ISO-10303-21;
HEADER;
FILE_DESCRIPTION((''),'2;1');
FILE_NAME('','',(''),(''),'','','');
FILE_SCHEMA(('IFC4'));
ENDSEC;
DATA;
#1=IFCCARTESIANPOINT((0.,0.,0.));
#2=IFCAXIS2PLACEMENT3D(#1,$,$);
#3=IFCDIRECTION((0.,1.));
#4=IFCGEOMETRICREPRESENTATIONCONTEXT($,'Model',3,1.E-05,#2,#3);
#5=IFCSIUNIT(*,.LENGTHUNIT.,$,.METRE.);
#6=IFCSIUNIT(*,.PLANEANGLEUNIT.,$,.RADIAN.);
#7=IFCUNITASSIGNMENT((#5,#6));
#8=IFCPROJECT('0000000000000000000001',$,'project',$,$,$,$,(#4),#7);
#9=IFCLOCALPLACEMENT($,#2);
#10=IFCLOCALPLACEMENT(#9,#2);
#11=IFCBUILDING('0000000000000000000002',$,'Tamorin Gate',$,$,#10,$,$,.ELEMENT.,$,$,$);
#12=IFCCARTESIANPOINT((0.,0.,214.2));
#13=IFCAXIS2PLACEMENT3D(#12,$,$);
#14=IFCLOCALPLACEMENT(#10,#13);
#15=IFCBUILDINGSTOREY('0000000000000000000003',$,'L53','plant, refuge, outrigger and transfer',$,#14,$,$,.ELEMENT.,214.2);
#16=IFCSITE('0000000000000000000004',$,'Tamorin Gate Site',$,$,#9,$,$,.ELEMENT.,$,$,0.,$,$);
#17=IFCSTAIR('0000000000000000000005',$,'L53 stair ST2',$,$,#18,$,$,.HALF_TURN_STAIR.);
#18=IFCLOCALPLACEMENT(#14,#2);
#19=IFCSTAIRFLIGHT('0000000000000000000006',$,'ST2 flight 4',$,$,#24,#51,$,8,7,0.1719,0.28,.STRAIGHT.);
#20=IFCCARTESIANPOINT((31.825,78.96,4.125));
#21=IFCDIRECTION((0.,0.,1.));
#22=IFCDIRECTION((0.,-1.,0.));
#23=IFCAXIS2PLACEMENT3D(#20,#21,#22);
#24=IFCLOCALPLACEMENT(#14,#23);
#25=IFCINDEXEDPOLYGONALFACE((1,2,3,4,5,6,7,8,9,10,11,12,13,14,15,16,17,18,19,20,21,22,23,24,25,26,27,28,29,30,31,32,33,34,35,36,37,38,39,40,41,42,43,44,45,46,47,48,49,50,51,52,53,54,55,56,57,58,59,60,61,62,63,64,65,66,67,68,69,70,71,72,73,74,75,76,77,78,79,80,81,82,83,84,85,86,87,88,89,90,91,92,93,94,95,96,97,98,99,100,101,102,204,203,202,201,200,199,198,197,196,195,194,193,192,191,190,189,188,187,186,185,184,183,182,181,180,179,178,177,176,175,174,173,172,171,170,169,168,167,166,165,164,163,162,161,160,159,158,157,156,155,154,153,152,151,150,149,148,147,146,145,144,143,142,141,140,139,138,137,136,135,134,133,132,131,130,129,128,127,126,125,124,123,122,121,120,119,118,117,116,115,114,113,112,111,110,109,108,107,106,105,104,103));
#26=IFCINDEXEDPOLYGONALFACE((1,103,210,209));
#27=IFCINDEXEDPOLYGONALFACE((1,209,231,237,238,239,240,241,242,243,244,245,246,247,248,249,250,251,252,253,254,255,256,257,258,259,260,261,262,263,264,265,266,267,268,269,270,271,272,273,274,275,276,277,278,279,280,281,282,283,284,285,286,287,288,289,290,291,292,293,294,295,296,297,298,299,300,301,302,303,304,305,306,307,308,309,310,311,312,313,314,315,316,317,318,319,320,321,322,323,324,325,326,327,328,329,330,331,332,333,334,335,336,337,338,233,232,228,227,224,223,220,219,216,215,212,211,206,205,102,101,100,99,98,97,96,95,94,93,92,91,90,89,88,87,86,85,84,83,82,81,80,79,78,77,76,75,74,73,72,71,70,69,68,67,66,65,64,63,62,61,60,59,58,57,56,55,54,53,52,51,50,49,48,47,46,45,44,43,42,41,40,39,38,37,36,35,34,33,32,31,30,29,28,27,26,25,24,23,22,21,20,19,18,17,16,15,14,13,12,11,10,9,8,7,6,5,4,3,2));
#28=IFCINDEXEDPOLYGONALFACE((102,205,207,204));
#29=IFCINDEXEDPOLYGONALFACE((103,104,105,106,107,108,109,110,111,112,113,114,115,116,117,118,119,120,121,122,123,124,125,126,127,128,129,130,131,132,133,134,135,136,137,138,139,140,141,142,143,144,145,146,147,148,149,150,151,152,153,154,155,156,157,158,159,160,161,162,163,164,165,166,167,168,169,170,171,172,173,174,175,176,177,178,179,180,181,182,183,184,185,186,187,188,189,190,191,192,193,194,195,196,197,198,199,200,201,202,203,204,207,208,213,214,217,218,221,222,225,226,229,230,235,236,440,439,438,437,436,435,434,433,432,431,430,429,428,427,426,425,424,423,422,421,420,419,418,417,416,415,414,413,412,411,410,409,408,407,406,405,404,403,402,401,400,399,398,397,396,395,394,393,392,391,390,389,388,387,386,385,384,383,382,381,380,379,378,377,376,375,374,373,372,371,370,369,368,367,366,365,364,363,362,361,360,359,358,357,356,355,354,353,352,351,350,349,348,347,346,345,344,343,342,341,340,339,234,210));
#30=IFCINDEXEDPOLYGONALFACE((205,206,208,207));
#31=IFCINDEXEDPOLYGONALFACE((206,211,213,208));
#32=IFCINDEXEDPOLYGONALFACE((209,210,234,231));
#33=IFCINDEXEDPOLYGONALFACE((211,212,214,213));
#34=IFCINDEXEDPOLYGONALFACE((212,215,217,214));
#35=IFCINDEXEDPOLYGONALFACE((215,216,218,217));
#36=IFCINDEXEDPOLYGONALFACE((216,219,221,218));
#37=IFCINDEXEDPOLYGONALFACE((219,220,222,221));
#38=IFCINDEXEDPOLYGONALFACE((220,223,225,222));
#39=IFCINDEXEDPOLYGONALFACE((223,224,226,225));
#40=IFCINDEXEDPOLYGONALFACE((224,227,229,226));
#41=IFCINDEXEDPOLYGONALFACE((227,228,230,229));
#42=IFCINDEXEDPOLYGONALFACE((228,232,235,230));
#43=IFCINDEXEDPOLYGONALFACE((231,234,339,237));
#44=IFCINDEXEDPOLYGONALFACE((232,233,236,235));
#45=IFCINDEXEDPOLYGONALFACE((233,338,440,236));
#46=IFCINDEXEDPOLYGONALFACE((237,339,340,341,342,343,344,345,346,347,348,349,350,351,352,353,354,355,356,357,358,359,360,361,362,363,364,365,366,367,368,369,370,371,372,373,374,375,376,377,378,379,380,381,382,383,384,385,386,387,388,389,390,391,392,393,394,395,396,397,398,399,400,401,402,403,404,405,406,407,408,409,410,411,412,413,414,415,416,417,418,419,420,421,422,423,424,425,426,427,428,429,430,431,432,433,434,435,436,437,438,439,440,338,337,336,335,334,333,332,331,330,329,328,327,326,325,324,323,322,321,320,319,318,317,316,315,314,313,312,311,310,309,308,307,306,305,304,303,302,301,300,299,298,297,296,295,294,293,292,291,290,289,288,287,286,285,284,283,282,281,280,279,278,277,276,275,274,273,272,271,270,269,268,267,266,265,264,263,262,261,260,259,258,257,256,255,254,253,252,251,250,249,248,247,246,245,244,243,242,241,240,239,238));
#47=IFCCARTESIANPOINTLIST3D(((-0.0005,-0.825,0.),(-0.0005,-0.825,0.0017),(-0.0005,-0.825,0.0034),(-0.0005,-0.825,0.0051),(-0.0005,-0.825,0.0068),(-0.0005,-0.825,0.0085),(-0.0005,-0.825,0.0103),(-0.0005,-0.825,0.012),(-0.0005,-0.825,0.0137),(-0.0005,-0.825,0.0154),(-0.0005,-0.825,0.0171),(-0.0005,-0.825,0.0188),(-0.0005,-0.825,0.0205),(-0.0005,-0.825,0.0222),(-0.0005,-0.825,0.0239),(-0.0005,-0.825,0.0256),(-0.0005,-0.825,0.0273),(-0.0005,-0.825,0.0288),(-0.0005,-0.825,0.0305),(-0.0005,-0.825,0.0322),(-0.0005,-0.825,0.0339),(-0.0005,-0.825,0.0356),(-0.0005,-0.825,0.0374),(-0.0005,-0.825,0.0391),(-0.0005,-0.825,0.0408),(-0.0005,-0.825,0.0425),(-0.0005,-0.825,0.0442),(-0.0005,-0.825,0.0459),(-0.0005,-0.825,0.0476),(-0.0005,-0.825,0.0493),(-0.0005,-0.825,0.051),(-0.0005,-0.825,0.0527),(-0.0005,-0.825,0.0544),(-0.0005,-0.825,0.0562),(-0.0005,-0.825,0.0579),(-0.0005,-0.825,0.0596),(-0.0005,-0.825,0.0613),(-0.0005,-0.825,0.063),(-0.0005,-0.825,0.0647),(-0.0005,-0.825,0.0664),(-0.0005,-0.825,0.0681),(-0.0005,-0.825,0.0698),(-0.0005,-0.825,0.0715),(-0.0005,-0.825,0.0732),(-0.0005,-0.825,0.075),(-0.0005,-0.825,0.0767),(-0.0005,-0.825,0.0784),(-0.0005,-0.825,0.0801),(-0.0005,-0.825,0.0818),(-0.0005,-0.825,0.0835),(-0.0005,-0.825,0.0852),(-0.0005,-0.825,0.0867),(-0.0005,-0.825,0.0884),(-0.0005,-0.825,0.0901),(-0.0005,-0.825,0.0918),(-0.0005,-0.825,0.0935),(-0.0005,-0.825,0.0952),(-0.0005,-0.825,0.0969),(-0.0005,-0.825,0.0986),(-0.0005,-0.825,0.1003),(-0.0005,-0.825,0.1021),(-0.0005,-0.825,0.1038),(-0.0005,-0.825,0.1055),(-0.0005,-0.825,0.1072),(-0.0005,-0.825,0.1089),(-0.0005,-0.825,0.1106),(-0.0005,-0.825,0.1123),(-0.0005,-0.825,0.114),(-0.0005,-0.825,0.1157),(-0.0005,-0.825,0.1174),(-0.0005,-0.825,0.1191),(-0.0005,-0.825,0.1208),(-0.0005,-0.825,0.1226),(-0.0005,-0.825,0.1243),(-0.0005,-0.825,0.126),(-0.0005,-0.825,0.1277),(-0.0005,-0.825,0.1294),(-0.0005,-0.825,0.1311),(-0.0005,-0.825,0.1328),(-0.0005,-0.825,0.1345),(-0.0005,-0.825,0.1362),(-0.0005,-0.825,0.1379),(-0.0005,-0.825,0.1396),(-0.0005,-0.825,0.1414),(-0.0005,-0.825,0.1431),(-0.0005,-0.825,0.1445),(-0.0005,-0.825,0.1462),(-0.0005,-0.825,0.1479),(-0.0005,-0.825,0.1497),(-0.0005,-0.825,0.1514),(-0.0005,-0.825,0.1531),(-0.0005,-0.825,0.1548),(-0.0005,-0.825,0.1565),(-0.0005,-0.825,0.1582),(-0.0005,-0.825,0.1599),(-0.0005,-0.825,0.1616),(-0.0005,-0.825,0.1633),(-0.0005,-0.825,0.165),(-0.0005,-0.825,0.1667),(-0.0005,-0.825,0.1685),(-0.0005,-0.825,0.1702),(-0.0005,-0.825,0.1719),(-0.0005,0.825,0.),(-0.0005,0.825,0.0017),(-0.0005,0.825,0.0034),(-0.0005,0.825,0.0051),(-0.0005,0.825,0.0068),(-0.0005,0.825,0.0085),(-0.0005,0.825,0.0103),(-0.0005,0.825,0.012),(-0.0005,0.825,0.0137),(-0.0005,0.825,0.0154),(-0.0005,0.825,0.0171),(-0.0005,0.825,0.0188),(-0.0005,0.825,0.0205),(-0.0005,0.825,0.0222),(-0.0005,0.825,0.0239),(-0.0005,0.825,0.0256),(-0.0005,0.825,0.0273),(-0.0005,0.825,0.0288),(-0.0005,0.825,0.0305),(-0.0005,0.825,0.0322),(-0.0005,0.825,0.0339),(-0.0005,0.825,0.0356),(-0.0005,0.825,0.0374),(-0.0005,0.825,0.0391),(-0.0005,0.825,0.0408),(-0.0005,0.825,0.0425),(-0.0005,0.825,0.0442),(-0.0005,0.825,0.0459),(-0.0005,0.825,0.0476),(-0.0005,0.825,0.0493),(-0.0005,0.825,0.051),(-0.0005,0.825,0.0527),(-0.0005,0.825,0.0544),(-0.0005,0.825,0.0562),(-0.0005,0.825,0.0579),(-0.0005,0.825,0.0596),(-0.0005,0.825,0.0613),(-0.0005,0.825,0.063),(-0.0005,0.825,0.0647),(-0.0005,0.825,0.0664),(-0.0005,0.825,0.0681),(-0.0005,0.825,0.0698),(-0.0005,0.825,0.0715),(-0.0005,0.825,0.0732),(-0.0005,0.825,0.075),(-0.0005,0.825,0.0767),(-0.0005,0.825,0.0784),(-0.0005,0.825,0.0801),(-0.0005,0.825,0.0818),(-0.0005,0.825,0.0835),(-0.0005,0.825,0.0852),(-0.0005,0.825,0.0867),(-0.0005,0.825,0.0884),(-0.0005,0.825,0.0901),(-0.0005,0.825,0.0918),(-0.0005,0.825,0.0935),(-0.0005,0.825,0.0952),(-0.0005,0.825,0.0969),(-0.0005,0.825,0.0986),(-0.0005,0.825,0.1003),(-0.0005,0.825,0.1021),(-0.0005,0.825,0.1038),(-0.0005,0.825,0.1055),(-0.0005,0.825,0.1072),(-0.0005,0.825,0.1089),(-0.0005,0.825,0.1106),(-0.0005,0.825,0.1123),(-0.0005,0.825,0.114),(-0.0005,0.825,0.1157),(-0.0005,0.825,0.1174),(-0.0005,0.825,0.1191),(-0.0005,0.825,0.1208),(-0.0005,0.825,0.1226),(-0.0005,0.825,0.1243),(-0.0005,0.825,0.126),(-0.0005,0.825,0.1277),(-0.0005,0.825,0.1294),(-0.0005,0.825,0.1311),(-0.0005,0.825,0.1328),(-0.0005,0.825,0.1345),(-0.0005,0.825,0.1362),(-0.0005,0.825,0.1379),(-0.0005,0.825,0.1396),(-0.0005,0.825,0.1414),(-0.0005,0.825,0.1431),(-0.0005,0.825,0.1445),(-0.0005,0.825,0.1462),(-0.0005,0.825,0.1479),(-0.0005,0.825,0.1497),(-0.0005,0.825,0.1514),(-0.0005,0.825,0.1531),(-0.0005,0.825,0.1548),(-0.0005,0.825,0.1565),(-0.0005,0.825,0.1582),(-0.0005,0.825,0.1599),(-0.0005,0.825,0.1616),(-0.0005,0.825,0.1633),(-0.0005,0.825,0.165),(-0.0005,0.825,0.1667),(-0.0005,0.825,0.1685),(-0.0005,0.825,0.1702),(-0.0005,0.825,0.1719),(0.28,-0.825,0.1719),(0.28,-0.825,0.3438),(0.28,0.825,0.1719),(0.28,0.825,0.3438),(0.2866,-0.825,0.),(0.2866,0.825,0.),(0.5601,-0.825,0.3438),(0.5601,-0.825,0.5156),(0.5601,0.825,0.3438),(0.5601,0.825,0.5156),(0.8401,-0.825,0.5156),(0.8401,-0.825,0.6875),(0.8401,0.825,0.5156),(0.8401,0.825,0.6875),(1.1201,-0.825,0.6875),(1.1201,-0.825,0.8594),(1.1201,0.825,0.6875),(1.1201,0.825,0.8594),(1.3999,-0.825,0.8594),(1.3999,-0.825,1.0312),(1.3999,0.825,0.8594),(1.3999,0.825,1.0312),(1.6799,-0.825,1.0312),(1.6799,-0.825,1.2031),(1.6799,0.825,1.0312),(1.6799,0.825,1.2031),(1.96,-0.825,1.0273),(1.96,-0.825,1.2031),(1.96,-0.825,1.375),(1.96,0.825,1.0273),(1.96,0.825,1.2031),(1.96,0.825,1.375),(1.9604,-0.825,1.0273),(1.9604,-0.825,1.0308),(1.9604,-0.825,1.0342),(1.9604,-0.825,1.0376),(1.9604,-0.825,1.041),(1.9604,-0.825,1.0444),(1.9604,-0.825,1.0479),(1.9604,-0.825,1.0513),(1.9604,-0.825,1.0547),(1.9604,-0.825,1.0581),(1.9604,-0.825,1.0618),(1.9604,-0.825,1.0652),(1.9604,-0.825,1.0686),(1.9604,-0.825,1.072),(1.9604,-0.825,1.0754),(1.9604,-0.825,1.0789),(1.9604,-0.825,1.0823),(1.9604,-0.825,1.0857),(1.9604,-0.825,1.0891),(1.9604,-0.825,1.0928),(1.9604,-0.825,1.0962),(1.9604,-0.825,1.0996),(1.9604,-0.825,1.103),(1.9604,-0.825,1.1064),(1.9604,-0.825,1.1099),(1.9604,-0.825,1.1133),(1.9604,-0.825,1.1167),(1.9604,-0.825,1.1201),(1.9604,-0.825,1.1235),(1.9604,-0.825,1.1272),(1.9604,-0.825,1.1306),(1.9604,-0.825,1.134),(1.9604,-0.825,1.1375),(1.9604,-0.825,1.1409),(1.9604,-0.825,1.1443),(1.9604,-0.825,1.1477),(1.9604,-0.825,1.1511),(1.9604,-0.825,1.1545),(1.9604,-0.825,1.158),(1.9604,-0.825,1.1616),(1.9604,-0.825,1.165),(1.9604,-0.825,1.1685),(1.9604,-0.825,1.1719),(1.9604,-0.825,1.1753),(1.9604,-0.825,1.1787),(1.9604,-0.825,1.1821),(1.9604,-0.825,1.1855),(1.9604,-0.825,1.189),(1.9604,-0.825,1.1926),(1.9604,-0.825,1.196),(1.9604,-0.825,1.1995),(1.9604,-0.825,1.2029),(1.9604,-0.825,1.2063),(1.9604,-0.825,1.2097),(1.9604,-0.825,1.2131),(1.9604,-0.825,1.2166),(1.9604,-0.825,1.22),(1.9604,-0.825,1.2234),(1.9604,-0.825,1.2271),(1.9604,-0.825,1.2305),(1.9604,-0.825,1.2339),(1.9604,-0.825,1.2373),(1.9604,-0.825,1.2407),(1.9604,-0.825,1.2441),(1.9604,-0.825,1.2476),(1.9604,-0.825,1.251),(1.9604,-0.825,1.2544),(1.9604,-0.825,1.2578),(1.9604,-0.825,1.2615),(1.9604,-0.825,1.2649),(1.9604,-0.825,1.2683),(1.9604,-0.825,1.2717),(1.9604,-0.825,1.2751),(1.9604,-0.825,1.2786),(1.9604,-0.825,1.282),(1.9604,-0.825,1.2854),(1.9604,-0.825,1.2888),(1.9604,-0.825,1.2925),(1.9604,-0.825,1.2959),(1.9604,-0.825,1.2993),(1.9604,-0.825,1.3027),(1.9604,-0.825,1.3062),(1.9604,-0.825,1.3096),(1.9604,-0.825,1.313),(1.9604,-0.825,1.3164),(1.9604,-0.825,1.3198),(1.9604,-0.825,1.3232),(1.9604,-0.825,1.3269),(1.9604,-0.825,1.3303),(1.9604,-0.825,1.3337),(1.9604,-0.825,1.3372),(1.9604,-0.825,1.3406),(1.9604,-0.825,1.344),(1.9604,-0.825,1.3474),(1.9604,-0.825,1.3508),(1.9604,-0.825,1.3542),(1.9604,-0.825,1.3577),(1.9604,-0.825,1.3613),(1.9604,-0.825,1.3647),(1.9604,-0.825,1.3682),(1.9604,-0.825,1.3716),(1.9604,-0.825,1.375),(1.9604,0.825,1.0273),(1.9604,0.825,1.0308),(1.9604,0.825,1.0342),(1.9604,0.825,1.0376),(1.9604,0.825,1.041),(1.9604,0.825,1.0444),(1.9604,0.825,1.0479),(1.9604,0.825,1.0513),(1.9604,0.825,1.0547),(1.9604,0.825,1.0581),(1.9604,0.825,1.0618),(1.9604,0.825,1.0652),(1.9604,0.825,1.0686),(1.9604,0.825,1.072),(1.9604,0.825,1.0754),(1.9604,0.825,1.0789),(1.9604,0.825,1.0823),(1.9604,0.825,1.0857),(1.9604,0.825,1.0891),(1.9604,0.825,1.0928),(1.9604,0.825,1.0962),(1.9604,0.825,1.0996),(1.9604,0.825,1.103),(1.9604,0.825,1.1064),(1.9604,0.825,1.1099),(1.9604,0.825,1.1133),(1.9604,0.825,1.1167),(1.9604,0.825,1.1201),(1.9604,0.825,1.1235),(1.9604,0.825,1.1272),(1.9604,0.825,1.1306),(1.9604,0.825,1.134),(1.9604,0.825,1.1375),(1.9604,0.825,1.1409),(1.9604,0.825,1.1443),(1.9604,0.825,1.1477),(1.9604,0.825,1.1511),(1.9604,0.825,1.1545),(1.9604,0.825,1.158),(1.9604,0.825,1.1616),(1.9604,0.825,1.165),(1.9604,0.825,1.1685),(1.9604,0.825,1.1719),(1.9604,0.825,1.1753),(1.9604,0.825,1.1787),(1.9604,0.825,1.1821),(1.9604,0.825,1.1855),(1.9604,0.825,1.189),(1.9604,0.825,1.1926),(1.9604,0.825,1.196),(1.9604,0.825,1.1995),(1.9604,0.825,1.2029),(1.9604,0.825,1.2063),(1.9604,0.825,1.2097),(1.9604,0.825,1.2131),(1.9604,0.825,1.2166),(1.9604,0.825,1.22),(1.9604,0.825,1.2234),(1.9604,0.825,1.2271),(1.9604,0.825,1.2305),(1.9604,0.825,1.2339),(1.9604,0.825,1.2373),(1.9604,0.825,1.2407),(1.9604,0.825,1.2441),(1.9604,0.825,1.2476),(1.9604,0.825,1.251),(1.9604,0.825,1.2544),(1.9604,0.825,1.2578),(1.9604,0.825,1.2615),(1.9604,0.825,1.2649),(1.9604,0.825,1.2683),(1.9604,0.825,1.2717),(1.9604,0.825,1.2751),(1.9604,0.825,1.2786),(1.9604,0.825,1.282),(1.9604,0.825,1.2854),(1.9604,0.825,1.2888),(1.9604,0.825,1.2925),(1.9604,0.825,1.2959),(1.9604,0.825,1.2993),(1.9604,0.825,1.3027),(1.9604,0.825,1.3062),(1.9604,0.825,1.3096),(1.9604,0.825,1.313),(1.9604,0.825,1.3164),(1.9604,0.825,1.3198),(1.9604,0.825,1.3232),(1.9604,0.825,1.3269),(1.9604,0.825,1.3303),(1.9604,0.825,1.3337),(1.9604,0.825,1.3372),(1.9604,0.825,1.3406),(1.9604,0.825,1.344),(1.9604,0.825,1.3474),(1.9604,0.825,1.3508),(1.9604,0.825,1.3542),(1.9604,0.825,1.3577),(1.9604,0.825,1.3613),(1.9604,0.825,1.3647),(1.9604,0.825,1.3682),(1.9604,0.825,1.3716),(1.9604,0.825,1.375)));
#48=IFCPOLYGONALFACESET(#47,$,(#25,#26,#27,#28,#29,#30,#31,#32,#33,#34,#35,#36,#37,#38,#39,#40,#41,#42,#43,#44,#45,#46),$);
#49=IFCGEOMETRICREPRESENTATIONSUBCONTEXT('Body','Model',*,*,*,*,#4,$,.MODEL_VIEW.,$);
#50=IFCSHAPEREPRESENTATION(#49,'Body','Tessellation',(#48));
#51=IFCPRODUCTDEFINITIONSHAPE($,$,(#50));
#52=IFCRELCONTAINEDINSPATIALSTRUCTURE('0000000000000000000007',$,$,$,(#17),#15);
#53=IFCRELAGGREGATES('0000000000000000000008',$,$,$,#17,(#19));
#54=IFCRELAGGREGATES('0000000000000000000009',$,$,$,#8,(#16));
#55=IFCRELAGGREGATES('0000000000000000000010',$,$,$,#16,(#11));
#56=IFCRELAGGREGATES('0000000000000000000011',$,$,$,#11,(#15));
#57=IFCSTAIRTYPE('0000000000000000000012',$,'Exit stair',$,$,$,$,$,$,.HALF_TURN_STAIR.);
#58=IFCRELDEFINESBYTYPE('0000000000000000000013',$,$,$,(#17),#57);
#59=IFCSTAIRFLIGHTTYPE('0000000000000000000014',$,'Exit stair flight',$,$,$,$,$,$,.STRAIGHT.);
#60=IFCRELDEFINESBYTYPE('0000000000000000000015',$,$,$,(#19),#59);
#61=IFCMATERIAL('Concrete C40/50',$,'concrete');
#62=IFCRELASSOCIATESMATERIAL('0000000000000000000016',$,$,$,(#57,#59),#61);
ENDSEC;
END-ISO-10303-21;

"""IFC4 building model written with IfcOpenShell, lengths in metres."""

from ifc_helpers import new_model, si_unit, direction, frame, origin, place, context, subcontext, project, spatial, polyline, outline, extrude, material, type_object, element, aggregate, save


model = new_model("IFC4")

# Units and contexts
model_context = context("Model", 3, precision=1e-05, world=origin(), true_north=direction((0.0, 1.0)))
body_context = subcontext(model_context, "Body", "Model", "MODEL_VIEW")
ifc_project = project(units=[si_unit("LENGTHUNIT", "METRE"), si_unit("PLANEANGLEUNIT", "RADIAN")], contexts=[model_context])

# Site, building, storey
site_placement = place(None, origin())
site = spatial("IfcSite", under=ifc_project, at=site_placement, Name="Tamorin Gate Site", CompositionType="ELEMENT", RefElevation=0.0)
building_placement = place(site_placement, origin())
building = spatial("IfcBuilding", under=site, at=building_placement, Name="Tamorin Gate", CompositionType="ELEMENT")
storey_placement = place(building_placement, frame((0.0, 0.0, 214.2)))
storey = spatial("IfcBuildingStorey", under=building, at=storey_placement, Name="L53", Description="plant, refuge, outrigger and transfer", CompositionType="ELEMENT", Elevation=214.2)

# Shared definitions
ifc_material_1 = material(Name="Concrete C40/50", Category="concrete")

# Stair, stair flight
stair_type = type_object("IfcStairType", Name="Exit stair", PredefinedType="HALF_TURN_STAIR", material=ifc_material_1)
stair_placement = place(storey_placement, origin())
stair = element("IfcStair", 1, at=stair_placement, inside=storey, type_object=stair_type, Name="L53 stair ST2", PredefinedType="HALF_TURN_STAIR")
stair_flight_type = type_object("IfcStairFlightType", Name="Exit stair flight", PredefinedType="STRAIGHT", material=ifc_material_1)
stair_flight_1_placement = place(storey_placement, frame((31.825, 78.96, 4.125), z_axis=(0.0, 0.0, 1.0), x_axis=(0.0, -1.0, 0.0)))
stair_flight_1 = element("IfcStairFlight", 2, at=stair_flight_1_placement, type_object=stair_flight_type, Name="ST2 flight 4", NumberOfRisers=8, NumberOfTreads=7, PredefinedType="STRAIGHT", RiserHeight=0.1719, TreadLength=0.28, context=body_context, shape_type="SweptSolid", body=[
    extrude(outline(polyline([(-0.0005, 0.0), (-0.0005, 0.0017), (-0.0005, 0.0034), (-0.0005, 0.0051), (-0.0005, 0.0068), (-0.0005, 0.0085), (-0.0005, 0.0103), (-0.0005, 0.012), (-0.0005, 0.0137), (-0.0005, 0.0154), (-0.0005, 0.0171), (-0.0005, 0.0188), (-0.0005, 0.0205), (-0.0005, 0.0222), (-0.0005, 0.0239), (-0.0005, 0.0256), (-0.0005, 0.0273), (-0.0005, 0.0288), (-0.0005, 0.0305), (-0.0005, 0.0322), (-0.0005, 0.0339), (-0.0005, 0.0356), (-0.0005, 0.0374), (-0.0005, 0.0391), (-0.0005, 0.0408), (-0.0005, 0.0425), (-0.0005, 0.0442), (-0.0005, 0.0459), (-0.0005, 0.0476), (-0.0005, 0.0493), (-0.0005, 0.051), (-0.0005, 0.0527), (-0.0005, 0.0544), (-0.0005, 0.0562), (-0.0005, 0.0579), (-0.0005, 0.0596), (-0.0005, 0.0613), (-0.0005, 0.063), (-0.0005, 0.0647), (-0.0005, 0.0664), (-0.0005, 0.0681), (-0.0005, 0.0698), (-0.0005, 0.0715), (-0.0005, 0.0732), (-0.0005, 0.075), (-0.0005, 0.0767), (-0.0005, 0.0784), (-0.0005, 0.0801), (-0.0005, 0.0818), (-0.0005, 0.0835), (-0.0005, 0.0852), (-0.0005, 0.0867), (-0.0005, 0.0884), (-0.0005, 0.0901), (-0.0005, 0.0918), (-0.0005, 0.0935), (-0.0005, 0.0952), (-0.0005, 0.0969), (-0.0005, 0.0986), (-0.0005, 0.1003), (-0.0005, 0.1021), (-0.0005, 0.1038), (-0.0005, 0.1055), (-0.0005, 0.1072), (-0.0005, 0.1089), (-0.0005, 0.1106), (-0.0005, 0.1123), (-0.0005, 0.114), (-0.0005, 0.1157), (-0.0005, 0.1174), (-0.0005, 0.1191), (-0.0005, 0.1208), (-0.0005, 0.1226), (-0.0005, 0.1243), (-0.0005, 0.126), (-0.0005, 0.1277), (-0.0005, 0.1294), (-0.0005, 0.1311), (-0.0005, 0.1328), (-0.0005, 0.1345), (-0.0005, 0.1362), (-0.0005, 0.1379), (-0.0005, 0.1396), (-0.0005, 0.1414), (-0.0005, 0.1431), (-0.0005, 0.1445), (-0.0005, 0.1462), (-0.0005, 0.1479), (-0.0005, 0.1497), (-0.0005, 0.1514), (-0.0005, 0.1531), (-0.0005, 0.1548), (-0.0005, 0.1565), (-0.0005, 0.1582), (-0.0005, 0.1599), (-0.0005, 0.1616), (-0.0005, 0.1633), (-0.0005, 0.165), (-0.0005, 0.1667), (-0.0005, 0.1685), (-0.0005, 0.1702), (-0.0005, 0.1719), (0.28, 0.1719), (0.28, 0.3438), (0.5601, 0.3438), (0.5601, 0.5156), (0.8401, 0.5156), (0.8401, 0.6875), (1.1201, 0.6875), (1.1201, 0.8594), (1.3999, 0.8594), (1.3999, 1.0312), (1.6799, 1.0312), (1.6799, 1.2031), (1.96, 1.2031), (1.96, 1.375), (1.9604, 1.375), (1.9604, 1.3716), (1.9604, 1.3682), (1.9604, 1.3647), (1.9604, 1.3613), (1.9604, 1.3577), (1.9604, 1.3542), (1.9604, 1.3508), (1.9604, 1.3474), (1.9604, 1.344), (1.9604, 1.3406), (1.9604, 1.3372), (1.9604, 1.3337), (1.9604, 1.3303), (1.9604, 1.3269), (1.9604, 1.3232), (1.9604, 1.3198), (1.9604, 1.3164), (1.9604, 1.313), (1.9604, 1.3096), (1.9604, 1.3062), (1.9604, 1.3027), (1.9604, 1.2993), (1.9604, 1.2959), (1.9604, 1.2925), (1.9604, 1.2888), (1.9604, 1.2854), (1.9604, 1.282), (1.9604, 1.2786), (1.9604, 1.2751), (1.9604, 1.2717), (1.9604, 1.2683), (1.9604, 1.2649), (1.9604, 1.2615), (1.9604, 1.2578), (1.9604, 1.2544), (1.9604, 1.251), (1.9604, 1.2476), (1.9604, 1.2441), (1.9604, 1.2407), (1.9604, 1.2373), (1.9604, 1.2339), (1.9604, 1.2305), (1.9604, 1.2271), (1.9604, 1.2234), (1.9604, 1.22), (1.9604, 1.2166), (1.9604, 1.2131), (1.9604, 1.2097), (1.9604, 1.2063), (1.9604, 1.2029), (1.9604, 1.1995), (1.9604, 1.196), (1.9604, 1.1926), (1.9604, 1.189), (1.9604, 1.1855), (1.9604, 1.1821), (1.9604, 1.1787), (1.9604, 1.1753), (1.9604, 1.1719), (1.9604, 1.1685), (1.9604, 1.165), (1.9604, 1.1616), (1.9604, 1.158), (1.9604, 1.1545), (1.9604, 1.1511), (1.9604, 1.1477), (1.9604, 1.1443), (1.9604, 1.1409), (1.9604, 1.1375), (1.9604, 1.134), (1.9604, 1.1306), (1.9604, 1.1272), (1.9604, 1.1235), (1.9604, 1.1201), (1.9604, 1.1167), (1.9604, 1.1133), (1.9604, 1.1099), (1.9604, 1.1064), (1.9604, 1.103), (1.9604, 1.0996), (1.9604, 1.0962), (1.9604, 1.0928), (1.9604, 1.0891), (1.9604, 1.0857), (1.9604, 1.0823), (1.9604, 1.0789), (1.9604, 1.0754), (1.9604, 1.072), (1.9604, 1.0686), (1.9604, 1.0652), (1.9604, 1.0618), (1.9604, 1.0581), (1.9604, 1.0547), (1.9604, 1.0513), (1.9604, 1.0479), (1.9604, 1.0444), (1.9604, 1.041), (1.9604, 1.0376), (1.9604, 1.0342), (1.9604, 1.0308), (1.9604, 1.0273), (1.96, 1.0273), (0.2866, 0.0), (-0.0005, 0.0)])), frame((0.0, 0.825, 0.0), z_axis=(0.0, -1.0, 0.0), x_axis=(1.0, 0.0, 0.0)), (0.0, 0.0, 1.0), 1.6499),
])
aggregate(stair, [stair_flight_1])

save(model, "model.ifc")
